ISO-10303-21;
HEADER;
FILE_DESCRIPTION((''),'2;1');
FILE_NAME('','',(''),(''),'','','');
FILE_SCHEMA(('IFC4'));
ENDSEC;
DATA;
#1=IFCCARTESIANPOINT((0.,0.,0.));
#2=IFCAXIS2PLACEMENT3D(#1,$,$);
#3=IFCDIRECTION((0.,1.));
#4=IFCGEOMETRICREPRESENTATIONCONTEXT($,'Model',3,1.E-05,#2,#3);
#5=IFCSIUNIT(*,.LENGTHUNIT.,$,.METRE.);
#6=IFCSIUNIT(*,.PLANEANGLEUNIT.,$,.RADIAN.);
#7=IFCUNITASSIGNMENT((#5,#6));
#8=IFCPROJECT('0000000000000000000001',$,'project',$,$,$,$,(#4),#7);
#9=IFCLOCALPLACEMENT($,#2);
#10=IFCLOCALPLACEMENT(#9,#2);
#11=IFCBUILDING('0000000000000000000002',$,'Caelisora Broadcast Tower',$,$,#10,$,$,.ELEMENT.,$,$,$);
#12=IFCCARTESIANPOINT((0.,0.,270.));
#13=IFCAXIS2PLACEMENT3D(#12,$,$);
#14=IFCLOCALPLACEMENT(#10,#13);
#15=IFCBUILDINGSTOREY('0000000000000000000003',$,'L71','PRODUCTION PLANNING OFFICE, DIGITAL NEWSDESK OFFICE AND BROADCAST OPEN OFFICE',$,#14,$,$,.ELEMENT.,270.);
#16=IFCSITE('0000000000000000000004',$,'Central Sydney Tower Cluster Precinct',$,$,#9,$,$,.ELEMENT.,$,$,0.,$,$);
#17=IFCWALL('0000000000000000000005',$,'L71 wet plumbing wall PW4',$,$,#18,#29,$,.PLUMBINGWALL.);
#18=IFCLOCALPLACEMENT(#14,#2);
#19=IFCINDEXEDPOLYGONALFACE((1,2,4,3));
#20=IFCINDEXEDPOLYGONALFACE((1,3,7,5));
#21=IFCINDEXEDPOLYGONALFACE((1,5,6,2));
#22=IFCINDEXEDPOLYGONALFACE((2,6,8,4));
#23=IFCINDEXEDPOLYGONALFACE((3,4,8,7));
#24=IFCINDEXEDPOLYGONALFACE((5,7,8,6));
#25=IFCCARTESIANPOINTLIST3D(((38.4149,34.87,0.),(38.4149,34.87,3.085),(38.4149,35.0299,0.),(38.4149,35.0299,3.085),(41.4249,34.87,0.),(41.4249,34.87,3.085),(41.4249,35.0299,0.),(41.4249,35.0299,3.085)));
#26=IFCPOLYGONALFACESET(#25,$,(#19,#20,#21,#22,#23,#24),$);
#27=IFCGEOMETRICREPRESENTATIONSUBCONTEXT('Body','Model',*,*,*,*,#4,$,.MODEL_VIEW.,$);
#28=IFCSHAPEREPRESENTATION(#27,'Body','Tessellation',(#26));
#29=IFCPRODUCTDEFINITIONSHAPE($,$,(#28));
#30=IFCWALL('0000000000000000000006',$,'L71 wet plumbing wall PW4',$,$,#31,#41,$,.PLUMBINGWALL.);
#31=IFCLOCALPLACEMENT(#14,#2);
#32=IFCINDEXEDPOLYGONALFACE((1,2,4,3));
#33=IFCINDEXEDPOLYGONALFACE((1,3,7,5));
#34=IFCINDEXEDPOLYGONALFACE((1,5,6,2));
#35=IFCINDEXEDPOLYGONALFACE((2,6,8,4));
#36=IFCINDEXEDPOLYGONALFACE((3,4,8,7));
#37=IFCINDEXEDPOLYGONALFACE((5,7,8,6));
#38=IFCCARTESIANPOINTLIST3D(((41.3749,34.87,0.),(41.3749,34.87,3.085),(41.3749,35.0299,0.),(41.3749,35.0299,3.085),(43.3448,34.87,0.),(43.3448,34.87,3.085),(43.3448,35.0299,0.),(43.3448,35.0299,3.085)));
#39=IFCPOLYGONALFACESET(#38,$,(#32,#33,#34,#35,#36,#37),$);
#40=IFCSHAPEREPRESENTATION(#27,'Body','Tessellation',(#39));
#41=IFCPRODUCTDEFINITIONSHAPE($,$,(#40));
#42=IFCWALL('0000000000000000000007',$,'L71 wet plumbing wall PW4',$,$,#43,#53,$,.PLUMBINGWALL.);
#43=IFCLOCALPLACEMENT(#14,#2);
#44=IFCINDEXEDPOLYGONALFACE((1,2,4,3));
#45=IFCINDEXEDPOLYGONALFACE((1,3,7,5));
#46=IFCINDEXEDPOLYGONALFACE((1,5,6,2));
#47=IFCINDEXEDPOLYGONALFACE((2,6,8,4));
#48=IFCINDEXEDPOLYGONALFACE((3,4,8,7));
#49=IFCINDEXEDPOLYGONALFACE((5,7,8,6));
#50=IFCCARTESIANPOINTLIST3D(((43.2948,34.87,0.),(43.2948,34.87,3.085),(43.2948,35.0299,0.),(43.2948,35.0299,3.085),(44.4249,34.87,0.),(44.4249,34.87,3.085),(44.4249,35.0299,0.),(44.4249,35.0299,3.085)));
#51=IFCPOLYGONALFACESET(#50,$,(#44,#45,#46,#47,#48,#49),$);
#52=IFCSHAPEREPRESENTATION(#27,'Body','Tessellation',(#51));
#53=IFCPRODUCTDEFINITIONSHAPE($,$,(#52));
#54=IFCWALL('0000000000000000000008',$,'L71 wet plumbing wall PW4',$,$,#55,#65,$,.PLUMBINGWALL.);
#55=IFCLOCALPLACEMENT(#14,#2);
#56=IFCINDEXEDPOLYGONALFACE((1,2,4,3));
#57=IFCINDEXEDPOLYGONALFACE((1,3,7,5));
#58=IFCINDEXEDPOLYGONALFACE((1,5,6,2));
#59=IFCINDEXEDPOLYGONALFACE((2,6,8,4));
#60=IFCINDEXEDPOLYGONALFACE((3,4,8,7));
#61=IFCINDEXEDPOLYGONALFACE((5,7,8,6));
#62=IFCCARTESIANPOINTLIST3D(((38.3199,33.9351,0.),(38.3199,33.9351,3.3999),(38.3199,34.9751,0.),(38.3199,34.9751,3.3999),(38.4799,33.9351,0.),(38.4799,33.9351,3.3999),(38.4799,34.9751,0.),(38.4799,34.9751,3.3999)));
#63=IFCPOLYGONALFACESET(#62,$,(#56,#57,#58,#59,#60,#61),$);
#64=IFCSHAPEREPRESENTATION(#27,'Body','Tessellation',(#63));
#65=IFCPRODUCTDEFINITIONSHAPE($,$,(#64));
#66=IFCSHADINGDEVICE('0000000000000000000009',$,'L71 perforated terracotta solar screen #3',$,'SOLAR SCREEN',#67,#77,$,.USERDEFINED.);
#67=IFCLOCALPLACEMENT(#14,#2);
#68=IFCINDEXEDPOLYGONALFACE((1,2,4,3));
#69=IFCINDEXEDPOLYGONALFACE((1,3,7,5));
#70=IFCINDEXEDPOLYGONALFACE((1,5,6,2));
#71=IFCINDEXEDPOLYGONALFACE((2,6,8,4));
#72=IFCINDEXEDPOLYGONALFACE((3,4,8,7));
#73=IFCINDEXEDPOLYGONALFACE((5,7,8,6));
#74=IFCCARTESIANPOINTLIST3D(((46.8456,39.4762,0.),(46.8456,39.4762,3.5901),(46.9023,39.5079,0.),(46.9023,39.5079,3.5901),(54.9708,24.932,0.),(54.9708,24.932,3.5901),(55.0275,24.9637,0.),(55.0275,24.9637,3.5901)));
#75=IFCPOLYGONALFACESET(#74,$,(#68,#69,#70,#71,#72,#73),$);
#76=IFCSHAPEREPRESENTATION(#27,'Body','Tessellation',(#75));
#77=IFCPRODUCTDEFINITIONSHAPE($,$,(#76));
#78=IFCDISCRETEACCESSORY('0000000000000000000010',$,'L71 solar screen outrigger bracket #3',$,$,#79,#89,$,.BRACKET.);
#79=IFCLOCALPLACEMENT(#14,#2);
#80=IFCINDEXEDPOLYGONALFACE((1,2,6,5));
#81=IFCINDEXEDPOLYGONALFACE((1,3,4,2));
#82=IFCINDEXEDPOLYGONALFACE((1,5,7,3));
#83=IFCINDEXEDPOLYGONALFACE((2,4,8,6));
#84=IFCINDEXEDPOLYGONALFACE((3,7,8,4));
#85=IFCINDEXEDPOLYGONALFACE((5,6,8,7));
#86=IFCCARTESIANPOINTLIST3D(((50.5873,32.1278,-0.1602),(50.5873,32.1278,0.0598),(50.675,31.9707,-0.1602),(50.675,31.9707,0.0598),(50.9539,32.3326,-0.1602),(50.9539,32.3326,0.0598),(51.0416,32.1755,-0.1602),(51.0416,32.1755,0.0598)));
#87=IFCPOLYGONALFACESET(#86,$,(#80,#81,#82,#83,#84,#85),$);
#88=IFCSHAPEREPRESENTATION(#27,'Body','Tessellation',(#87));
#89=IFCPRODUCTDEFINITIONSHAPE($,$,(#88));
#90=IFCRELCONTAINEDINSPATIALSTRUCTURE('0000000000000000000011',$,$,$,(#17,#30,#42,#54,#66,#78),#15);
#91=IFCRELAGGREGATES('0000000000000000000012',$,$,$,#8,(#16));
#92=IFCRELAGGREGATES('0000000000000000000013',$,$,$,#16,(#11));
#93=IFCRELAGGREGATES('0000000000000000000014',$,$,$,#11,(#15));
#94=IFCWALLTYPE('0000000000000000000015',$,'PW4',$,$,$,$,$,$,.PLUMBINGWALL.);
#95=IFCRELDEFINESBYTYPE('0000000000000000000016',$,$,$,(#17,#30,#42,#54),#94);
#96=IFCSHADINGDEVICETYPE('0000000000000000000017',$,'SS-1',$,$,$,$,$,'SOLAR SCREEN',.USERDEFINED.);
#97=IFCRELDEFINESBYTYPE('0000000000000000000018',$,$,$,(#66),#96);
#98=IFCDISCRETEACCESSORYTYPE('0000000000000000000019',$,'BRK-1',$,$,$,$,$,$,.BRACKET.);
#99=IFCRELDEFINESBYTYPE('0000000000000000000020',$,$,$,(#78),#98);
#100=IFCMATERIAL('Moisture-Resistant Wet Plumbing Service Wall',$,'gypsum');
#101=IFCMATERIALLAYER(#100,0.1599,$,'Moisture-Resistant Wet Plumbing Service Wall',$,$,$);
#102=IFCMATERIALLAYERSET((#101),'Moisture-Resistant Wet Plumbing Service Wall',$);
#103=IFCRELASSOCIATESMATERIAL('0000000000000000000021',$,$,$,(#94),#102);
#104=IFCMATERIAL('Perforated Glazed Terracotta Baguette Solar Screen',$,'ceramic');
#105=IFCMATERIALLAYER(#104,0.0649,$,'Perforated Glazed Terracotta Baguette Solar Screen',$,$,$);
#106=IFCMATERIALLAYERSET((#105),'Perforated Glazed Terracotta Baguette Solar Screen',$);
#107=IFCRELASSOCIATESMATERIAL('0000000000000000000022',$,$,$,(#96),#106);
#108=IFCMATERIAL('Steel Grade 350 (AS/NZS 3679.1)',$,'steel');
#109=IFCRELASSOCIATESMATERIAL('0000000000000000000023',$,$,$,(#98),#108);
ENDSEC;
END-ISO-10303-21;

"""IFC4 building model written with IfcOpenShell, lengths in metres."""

from ifc_helpers import new_model, si_unit, direction, frame, frame_2d, origin, origin_2d, place, context, subcontext, project, spatial, rectangle, extrude, source, transform, mapped, material, layer, layer_set, type_object, type_shapes, element, save


model = new_model("IFC4")

# Units and contexts
model_context = context("Model", 3, precision=1e-05, world=origin(), true_north=direction((0.0, 1.0)))
body_context = subcontext(model_context, "Body", "Model", "MODEL_VIEW")
ifc_project = project(units=[si_unit("LENGTHUNIT", "METRE"), si_unit("PLANEANGLEUNIT", "RADIAN")], contexts=[model_context])

# Site, building, storey
site_placement = place(None, origin())
site = spatial("IfcSite", under=ifc_project, at=site_placement, Name="Central Sydney Tower Cluster Precinct", CompositionType="ELEMENT", RefElevation=0.0)
building_placement = place(site_placement, origin())
building = spatial("IfcBuilding", under=site, at=building_placement, Name="Caelisora Broadcast Tower", CompositionType="ELEMENT")
storey_placement = place(building_placement, frame((0.0, 0.0, 270.0)))
storey = spatial("IfcBuildingStorey", under=building, at=storey_placement, Name="L71", Description="PRODUCTION PLANNING OFFICE, DIGITAL NEWSDESK OFFICE AND BROADCAST OPEN OFFICE", CompositionType="ELEMENT", Elevation=270.0)

# Walls
ifc_material_1 = material(Name="Moisture-Resistant Wet Plumbing Service Wall", Category="gypsum")
ifc_layer_1 = layer(ifc_material_1, 0.1599, Name="Moisture-Resistant Wet Plumbing Service Wall")
ifc_layer_set_1 = layer_set([ifc_layer_1], Name="Moisture-Resistant Wet Plumbing Service Wall")
wall_type_1 = type_object("IfcWallType", Name="PW4", PredefinedType="PLUMBINGWALL", material=ifc_layer_set_1)
wall_1_placement = place(storey_placement, frame((38.415, 34.95, 0.0), z_axis=(0.0, 0.0, 1.0), x_axis=(1.0, 0.0, 0.0)))
element("IfcWall", 1, at=wall_1_placement, inside=storey, type_object=wall_type_1, Name="L71 wet plumbing wall PW4", PredefinedType="PLUMBINGWALL", context=body_context, shape_type="SweptSolid", body=[
    extrude(rectangle(XDim=3.01, YDim=0.1599, at=frame_2d((1.5049, 0.0))), origin(), (0.0, 0.0, 1.0), 3.085),
])
wall_2_placement = place(storey_placement, frame((41.375, 34.95, 0.0), z_axis=(0.0, 0.0, 1.0), x_axis=(1.0, 0.0, 0.0)))
element("IfcWall", 2, at=wall_2_placement, inside=storey, type_object=wall_type_1, Name="L71 wet plumbing wall PW4", PredefinedType="PLUMBINGWALL", context=body_context, shape_type="SweptSolid", body=[
    extrude(rectangle(XDim=1.97, YDim=0.1599, at=frame_2d((0.9849, 0.0))), origin(), (0.0, 0.0, 1.0), 3.085),
])
wall_3_placement = place(storey_placement, frame((43.2949, 34.95, 0.0), z_axis=(0.0, 0.0, 1.0), x_axis=(1.0, 0.0, 0.0)))
element("IfcWall", 3, at=wall_3_placement, inside=storey, type_object=wall_type_1, Name="L71 wet plumbing wall PW4", PredefinedType="PLUMBINGWALL", context=body_context, shape_type="SweptSolid", body=[
    extrude(rectangle(XDim=1.1301, YDim=0.1599, at=frame_2d((0.5649, 0.0))), origin(), (0.0, 0.0, 1.0), 3.085),
])
wall_4_placement = place(storey_placement, frame((38.3999, 33.9351, 0.0), z_axis=(0.0, 0.0, 1.0), x_axis=(0.0, 1.0, 0.0)))
element("IfcWall", 4, at=wall_4_placement, inside=storey, type_object=wall_type_1, Name="L71 wet plumbing wall PW4", PredefinedType="PLUMBINGWALL", context=body_context, shape_type="SweptSolid", body=[
    extrude(rectangle(XDim=1.04, YDim=0.1599, at=frame_2d((0.52, 0.0))), origin(), (0.0, 0.0, 1.0), 3.3999),
])

# Shading device
ifc_material_2 = material(Name="Perforated Glazed Terracotta Baguette Solar Screen", Category="ceramic")
ifc_layer_2 = layer(ifc_material_2, 0.0649, Name="Perforated Glazed Terracotta Baguette Solar Screen")
ifc_layer_set_2 = layer_set([ifc_layer_2], Name="Perforated Glazed Terracotta Baguette Solar Screen")
shading_device_type = type_object("IfcShadingDeviceType", Name="SS-1", ElementType="SOLAR SCREEN", PredefinedType="USERDEFINED", material=ifc_layer_set_2)
shared_shape_1 = source(origin(), body_context, "Body", "SweptSolid", [
    extrude(rectangle(XDim=16.6599, YDim=0.0649, at=origin_2d()), origin(), (0.0, 0.0, 1.0), 3.5901),
])
type_shapes(shading_device_type, [shared_shape_1])
shading_device_placement = place(storey_placement, frame((50.9365, 32.22, 0.0), z_axis=(0.0, 0.0, 1.0), x_axis=(-0.487707, 0.873007, 0.0)))
element("IfcShadingDevice", 5, at=shading_device_placement, inside=storey, type_object=shading_device_type, Name="L71 perforated terracotta solar screen #3", ObjectType="SOLAR SCREEN", PredefinedType="USERDEFINED", context=body_context, shape_type="MappedRepresentation", body=[
    mapped(shared_shape_1, transform((0.0, 0.0, 0.0), scale=1.0)),
])

# Discrete accessory
ifc_material_3 = material(Name="Steel Grade 350 (AS/NZS 3679.1)", Category="steel")
discrete_accessory_type = type_object("IfcDiscreteAccessoryType", Name="BRK-1", PredefinedType="BRACKET", material=ifc_material_3)
shared_shape_2 = source(origin(), body_context, "Body", "SweptSolid", [
    extrude(rectangle(XDim=0.1799, YDim=0.4199, at=origin_2d()), origin(), (0.0, 0.0, 1.0), 0.22),
])
type_shapes(discrete_accessory_type, [shared_shape_2])
discrete_accessory_placement = place(storey_placement, frame((50.8145, 32.1516, -0.1602), z_axis=(0.0, 0.0, 1.0), x_axis=(-0.487707, 0.873007, 0.0)))
element("IfcDiscreteAccessory", 6, at=discrete_accessory_placement, inside=storey, type_object=discrete_accessory_type, Name="L71 solar screen outrigger bracket #3", PredefinedType="BRACKET", context=body_context, shape_type="MappedRepresentation", body=[
    mapped(shared_shape_2, transform((0.0, 0.0, 0.0), scale=1.0)),
])

save(model, "model.ifc")
